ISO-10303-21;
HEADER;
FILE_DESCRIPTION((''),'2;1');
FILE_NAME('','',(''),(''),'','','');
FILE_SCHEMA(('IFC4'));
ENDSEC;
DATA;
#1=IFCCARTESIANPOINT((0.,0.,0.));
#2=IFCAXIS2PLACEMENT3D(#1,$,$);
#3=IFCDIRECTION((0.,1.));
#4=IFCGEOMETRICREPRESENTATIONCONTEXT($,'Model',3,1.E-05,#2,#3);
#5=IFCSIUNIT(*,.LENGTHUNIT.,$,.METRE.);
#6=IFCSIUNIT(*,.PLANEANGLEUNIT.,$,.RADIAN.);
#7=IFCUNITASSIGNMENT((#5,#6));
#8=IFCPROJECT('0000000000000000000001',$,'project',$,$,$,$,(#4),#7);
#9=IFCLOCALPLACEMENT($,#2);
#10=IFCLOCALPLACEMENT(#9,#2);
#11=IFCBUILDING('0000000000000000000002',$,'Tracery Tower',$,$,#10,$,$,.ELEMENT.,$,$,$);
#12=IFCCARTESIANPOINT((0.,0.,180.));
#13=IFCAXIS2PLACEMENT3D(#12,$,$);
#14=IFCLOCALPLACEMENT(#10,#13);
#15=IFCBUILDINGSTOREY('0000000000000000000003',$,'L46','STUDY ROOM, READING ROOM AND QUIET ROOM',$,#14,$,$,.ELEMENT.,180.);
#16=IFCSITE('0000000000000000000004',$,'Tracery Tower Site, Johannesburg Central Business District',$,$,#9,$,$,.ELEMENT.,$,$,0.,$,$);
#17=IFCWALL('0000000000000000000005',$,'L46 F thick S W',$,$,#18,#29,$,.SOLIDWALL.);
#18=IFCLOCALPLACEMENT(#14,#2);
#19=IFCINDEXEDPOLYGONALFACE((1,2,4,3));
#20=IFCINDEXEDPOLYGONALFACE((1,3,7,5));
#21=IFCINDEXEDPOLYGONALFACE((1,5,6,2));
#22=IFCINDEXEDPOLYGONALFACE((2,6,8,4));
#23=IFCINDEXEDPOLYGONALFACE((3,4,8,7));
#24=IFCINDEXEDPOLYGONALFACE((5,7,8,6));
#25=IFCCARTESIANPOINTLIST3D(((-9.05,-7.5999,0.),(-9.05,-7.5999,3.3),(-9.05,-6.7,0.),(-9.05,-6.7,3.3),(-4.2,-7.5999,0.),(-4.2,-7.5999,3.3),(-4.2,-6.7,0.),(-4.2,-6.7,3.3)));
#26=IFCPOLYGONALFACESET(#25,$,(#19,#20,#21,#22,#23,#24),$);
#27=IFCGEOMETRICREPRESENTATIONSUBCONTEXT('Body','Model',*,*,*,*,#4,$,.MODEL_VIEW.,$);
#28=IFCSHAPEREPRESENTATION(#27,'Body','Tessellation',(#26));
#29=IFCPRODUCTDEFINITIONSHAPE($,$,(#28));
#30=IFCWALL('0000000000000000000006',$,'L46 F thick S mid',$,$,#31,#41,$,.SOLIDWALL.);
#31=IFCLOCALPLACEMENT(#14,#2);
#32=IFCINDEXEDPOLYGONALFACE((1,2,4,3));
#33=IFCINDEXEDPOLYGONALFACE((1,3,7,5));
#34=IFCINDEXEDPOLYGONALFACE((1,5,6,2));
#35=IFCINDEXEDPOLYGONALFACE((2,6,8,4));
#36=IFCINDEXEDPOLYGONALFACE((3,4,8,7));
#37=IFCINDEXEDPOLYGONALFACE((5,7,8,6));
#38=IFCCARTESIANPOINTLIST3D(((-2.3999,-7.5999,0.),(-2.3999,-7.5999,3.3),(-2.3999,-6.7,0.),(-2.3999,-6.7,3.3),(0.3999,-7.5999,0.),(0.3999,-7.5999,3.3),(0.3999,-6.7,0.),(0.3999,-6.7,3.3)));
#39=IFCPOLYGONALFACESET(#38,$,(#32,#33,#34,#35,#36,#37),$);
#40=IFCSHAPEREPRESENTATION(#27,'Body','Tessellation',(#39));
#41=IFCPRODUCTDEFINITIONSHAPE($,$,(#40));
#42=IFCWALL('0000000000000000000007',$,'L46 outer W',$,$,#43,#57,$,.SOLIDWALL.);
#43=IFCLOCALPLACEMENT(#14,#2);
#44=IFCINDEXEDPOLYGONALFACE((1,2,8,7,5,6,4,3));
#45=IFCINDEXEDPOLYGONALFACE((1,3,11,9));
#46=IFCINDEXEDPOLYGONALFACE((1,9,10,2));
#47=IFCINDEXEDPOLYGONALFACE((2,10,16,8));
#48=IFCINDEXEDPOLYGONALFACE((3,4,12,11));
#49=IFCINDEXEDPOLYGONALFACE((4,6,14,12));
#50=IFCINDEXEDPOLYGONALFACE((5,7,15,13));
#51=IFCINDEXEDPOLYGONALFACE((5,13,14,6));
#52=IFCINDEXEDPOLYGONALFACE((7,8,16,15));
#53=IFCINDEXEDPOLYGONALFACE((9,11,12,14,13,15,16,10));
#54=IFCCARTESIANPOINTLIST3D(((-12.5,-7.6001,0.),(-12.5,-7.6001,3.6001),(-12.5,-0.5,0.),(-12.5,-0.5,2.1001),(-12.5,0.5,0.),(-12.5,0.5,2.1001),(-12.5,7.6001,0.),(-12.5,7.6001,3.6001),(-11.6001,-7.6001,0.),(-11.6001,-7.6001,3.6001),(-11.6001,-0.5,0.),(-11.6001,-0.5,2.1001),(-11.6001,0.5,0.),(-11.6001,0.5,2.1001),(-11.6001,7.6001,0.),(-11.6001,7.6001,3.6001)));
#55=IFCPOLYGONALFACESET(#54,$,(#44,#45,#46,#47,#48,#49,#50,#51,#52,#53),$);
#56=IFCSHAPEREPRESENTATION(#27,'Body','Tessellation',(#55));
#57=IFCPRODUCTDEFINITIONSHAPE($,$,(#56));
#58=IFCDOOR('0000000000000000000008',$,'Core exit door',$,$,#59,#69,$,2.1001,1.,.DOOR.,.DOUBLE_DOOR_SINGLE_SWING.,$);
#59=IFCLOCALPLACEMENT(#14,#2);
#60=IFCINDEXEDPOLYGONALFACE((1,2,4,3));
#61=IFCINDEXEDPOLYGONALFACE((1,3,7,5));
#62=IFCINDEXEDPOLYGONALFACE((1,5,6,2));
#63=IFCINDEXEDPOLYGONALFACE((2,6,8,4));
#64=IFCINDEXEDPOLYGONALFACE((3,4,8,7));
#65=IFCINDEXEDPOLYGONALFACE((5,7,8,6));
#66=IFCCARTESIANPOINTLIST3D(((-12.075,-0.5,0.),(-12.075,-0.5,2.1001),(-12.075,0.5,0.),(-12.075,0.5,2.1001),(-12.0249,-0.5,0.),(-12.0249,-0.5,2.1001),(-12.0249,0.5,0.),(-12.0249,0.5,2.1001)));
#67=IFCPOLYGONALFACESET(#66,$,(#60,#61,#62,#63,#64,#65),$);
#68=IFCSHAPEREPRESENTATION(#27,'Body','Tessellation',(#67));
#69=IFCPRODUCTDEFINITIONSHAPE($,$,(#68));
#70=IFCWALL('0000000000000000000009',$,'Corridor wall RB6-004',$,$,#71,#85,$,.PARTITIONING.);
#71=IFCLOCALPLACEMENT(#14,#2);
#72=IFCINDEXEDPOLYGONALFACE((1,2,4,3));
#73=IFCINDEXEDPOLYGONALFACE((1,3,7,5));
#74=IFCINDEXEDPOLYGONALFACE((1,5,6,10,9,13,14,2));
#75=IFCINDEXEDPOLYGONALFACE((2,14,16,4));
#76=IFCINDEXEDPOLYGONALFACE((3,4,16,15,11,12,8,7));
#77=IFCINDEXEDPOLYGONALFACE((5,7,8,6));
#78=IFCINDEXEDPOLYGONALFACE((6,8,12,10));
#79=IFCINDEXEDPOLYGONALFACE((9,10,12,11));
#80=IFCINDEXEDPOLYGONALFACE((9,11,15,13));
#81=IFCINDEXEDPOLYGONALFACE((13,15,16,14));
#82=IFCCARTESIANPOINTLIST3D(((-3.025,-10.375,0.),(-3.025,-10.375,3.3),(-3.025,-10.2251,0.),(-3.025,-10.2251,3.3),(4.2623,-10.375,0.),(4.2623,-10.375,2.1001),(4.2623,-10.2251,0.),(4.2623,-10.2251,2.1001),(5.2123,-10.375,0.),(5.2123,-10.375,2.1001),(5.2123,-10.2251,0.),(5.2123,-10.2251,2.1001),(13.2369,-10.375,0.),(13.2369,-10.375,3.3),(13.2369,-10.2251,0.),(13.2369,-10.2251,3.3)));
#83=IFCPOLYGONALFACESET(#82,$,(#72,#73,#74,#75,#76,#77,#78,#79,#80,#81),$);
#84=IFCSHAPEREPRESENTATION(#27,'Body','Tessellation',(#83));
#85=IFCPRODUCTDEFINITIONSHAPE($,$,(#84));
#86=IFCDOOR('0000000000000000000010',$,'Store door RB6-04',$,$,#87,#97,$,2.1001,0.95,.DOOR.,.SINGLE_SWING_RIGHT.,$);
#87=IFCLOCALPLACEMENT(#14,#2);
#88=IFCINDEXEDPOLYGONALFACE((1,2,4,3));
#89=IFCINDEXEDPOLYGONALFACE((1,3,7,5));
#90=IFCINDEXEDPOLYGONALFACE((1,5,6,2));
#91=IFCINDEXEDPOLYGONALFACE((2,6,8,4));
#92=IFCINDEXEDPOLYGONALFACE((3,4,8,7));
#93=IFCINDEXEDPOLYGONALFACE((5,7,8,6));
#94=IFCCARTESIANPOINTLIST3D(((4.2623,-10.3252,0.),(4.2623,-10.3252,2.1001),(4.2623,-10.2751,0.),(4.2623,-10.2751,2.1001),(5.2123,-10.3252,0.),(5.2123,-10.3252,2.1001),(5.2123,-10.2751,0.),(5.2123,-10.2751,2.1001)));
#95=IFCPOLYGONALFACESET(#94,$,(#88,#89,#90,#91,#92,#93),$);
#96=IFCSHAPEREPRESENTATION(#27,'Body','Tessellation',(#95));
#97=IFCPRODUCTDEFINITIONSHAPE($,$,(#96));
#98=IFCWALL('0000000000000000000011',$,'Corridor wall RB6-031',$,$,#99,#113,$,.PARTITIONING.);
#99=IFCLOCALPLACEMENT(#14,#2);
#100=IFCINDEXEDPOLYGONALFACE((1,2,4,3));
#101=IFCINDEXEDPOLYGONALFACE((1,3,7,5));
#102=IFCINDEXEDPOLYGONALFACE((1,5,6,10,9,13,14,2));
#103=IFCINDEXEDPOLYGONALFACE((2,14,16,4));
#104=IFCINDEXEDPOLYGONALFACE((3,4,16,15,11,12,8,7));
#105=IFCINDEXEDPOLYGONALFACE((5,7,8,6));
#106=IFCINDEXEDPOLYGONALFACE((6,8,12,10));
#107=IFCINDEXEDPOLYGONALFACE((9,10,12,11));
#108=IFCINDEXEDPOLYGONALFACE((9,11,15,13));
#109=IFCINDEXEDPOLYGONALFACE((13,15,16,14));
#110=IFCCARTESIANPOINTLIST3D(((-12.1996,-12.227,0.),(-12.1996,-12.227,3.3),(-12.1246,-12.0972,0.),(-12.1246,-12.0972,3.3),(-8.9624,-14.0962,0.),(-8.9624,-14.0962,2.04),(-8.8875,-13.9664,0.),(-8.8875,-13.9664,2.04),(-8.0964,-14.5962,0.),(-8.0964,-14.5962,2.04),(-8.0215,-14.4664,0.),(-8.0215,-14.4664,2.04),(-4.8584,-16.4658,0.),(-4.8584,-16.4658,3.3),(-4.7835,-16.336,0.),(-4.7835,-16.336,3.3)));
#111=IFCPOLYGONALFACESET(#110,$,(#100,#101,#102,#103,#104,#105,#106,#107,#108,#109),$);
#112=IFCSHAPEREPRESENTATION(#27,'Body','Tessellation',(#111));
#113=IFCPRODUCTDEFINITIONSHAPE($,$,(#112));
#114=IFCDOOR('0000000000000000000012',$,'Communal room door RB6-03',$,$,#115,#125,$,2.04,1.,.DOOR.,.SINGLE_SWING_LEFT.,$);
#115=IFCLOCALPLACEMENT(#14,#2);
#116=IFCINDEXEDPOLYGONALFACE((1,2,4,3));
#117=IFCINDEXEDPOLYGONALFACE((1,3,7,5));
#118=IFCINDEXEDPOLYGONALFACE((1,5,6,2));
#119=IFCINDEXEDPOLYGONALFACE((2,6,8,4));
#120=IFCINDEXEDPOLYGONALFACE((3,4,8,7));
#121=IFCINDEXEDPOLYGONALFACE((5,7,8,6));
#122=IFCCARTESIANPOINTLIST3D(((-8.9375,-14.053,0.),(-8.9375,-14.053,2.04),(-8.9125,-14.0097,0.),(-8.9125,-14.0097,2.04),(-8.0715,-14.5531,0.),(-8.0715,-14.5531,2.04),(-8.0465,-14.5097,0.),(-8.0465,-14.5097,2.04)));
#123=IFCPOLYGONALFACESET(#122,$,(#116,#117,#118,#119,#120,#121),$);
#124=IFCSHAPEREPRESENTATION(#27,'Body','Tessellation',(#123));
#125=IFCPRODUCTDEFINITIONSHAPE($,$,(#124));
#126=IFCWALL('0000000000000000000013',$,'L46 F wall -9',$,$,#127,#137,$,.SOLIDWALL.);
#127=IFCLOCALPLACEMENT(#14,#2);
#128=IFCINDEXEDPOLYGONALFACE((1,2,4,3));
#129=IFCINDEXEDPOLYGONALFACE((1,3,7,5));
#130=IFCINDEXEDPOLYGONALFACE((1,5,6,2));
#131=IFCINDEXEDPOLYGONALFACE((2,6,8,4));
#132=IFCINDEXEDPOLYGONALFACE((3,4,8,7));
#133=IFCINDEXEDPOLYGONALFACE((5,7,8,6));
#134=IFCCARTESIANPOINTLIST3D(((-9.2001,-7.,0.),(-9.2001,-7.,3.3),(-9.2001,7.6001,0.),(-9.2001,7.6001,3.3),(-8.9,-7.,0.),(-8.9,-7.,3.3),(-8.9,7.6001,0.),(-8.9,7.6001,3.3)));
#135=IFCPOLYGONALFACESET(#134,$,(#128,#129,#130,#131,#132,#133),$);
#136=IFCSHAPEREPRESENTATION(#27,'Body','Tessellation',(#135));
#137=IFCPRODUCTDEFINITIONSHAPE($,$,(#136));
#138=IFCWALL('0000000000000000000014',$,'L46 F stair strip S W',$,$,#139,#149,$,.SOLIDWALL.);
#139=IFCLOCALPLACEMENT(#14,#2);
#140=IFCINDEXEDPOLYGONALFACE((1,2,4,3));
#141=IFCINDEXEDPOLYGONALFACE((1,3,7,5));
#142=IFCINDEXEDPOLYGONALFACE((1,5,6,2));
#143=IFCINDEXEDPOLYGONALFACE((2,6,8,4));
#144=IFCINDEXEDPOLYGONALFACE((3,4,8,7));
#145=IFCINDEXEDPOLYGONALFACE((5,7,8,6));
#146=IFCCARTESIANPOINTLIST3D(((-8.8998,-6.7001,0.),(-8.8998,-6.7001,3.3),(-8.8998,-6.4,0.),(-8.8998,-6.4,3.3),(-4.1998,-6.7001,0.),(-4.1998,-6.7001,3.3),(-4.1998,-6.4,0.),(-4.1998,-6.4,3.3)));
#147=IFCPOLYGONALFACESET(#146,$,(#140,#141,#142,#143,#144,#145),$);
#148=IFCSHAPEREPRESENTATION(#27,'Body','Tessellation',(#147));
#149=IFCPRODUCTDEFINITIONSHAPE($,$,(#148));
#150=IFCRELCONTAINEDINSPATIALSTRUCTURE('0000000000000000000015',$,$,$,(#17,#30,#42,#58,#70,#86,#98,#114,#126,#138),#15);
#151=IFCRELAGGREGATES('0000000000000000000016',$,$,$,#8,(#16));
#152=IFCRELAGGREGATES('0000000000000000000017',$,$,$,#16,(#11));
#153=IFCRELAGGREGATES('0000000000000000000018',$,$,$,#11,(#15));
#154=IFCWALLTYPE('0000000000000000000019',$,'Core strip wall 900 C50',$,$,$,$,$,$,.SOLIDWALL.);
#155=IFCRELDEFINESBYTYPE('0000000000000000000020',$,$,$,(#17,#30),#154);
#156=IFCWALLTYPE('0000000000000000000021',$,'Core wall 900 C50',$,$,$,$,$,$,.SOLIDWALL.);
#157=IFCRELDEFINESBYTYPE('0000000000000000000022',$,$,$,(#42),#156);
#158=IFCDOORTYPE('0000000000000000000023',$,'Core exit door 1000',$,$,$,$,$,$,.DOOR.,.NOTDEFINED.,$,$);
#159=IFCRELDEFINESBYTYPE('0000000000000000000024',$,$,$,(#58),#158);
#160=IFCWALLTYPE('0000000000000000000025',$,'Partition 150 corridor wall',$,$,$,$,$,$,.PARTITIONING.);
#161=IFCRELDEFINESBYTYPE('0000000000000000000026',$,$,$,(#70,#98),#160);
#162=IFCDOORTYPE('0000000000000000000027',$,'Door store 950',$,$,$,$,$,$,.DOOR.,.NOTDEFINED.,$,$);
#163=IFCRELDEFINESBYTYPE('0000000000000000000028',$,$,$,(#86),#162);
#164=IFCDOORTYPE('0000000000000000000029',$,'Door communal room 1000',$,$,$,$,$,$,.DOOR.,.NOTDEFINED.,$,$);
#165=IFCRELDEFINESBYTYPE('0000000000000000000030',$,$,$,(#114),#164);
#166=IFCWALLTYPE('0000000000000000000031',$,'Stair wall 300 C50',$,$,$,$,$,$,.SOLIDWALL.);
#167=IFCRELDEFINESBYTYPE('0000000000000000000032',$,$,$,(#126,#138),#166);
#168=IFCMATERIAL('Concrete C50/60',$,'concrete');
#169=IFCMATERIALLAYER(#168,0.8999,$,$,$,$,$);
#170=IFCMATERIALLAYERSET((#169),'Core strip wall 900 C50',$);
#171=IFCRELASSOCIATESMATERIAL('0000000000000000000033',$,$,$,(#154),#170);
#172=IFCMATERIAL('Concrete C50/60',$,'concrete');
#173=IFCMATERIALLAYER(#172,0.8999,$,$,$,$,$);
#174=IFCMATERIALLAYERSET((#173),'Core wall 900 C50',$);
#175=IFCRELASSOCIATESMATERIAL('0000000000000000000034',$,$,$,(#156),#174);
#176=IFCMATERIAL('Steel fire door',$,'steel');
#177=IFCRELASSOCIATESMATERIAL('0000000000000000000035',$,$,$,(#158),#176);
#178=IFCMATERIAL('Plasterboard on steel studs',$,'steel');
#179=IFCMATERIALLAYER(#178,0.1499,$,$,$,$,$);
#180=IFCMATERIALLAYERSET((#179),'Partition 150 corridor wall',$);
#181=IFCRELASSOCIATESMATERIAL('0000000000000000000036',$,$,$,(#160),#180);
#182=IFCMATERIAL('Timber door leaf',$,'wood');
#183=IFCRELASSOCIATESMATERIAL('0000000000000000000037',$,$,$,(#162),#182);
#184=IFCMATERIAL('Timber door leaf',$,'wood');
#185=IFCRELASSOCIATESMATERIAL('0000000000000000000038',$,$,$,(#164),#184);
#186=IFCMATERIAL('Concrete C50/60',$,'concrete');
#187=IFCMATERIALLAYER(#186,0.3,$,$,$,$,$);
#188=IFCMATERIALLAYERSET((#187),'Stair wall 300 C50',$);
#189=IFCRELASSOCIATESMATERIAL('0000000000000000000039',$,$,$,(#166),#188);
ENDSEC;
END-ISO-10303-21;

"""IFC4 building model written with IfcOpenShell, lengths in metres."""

from ifc_helpers import new_model, si_unit, direction, frame, frame_2d, origin, place, context, subcontext, project, spatial, rectangle, extrude, material, layer, layer_set, type_object, element, fill, save


model = new_model("IFC4")

# Units and contexts
model_context = context("Model", 3, precision=1e-05, world=origin(), true_north=direction((0.0, 1.0)))
body_context = subcontext(model_context, "Body", "Model", "MODEL_VIEW")
ifc_project = project(units=[si_unit("LENGTHUNIT", "METRE"), si_unit("PLANEANGLEUNIT", "RADIAN")], contexts=[model_context])

# Site, building, storey
site_placement = place(None, origin())
site = spatial("IfcSite", under=ifc_project, at=site_placement, Name="Tracery Tower Site, Johannesburg Central Business District", CompositionType="ELEMENT", RefElevation=0.0)
building_placement = place(site_placement, origin())
building = spatial("IfcBuilding", under=site, at=building_placement, Name="Tracery Tower", CompositionType="ELEMENT")
storey_placement = place(building_placement, frame((0.0, 0.0, 180.0)))
storey = spatial("IfcBuildingStorey", under=building, at=storey_placement, Name="L46", Description="STUDY ROOM, READING ROOM AND QUIET ROOM", CompositionType="ELEMENT", Elevation=180.0)

# Walls
ifc_material_1 = material(Name="Concrete C50/60", Category="concrete")
ifc_layer_1 = layer(ifc_material_1, 0.8999)
ifc_layer_set_1 = layer_set([ifc_layer_1], Name="Core strip wall 900 C50")
wall_type_1 = type_object("IfcWallType", Name="Core strip wall 900 C50", PredefinedType="SOLIDWALL", material=ifc_layer_set_1)
wall_1_placement = place(storey_placement, frame((-9.05, -7.1499, 0.0), z_axis=(0.0, 0.0, 1.0), x_axis=(1.0, 0.0, 0.0)))
element("IfcWall", 1, at=wall_1_placement, inside=storey, type_object=wall_type_1, Name="L46 F thick S W", PredefinedType="SOLIDWALL", context=body_context, shape_type="SweptSolid", body=[
    extrude(rectangle(XDim=4.8501, YDim=0.8999, at=frame_2d((2.425, 0.0))), origin(), (0.0, 0.0, 1.0), 3.3),
])
wall_2_placement = place(storey_placement, frame((-2.3999, -7.1499, 0.0), z_axis=(0.0, 0.0, 1.0), x_axis=(1.0, 0.0, 0.0)))
element("IfcWall", 2, at=wall_2_placement, inside=storey, type_object=wall_type_1, Name="L46 F thick S mid", PredefinedType="SOLIDWALL", context=body_context, shape_type="SweptSolid", body=[
    extrude(rectangle(XDim=2.7998, YDim=0.8999, at=frame_2d((1.3999, 0.0))), origin(), (0.0, 0.0, 1.0), 3.3),
])

# Walls, openings, doors
ifc_material_2 = material(Name="Concrete C50/60", Category="concrete")
ifc_layer_2 = layer(ifc_material_2, 0.8999)
ifc_layer_set_2 = layer_set([ifc_layer_2], Name="Core wall 900 C50")
wall_type_2 = type_object("IfcWallType", Name="Core wall 900 C50", PredefinedType="SOLIDWALL", material=ifc_layer_set_2)
wall_3_placement = place(storey_placement, frame((-12.05, -7.6001, 0.0), z_axis=(0.0, 0.0, 1.0), x_axis=(0.0, 1.0, 0.0)))
wall_3 = element("IfcWall", 3, at=wall_3_placement, inside=storey, type_object=wall_type_2, Name="L46 outer W", PredefinedType="SOLIDWALL", context=body_context, shape_type="SweptSolid", body=[
    extrude(rectangle(XDim=15.2002, YDim=0.8999, at=frame_2d((7.6001, 0.0))), origin(), (0.0, 0.0, 1.0), 3.6001),
])
opening_1_placement = place(wall_3_placement, frame((7.1001, 0.0, 0.0)))
opening_1 = element("IfcOpeningElement", 4, at=opening_1_placement, cuts=wall_3, PredefinedType="OPENING", context=body_context, shape_type="SweptSolid", body=[
    extrude(rectangle(XDim=1.0, YDim=2.1001, at=frame_2d((0.5, 1.05))), frame((0.0, 0.45, 0.0), z_axis=(0.0, -1.0, 0.0), x_axis=(1.0, 0.0, 0.0)), (0.0, 0.0, 1.0), 0.8999),
])
ifc_material_3 = material(Name="Steel fire door", Category="steel")
door_type_1 = type_object("IfcDoorType", Name="Core exit door 1000", OperationType="NOTDEFINED", PredefinedType="DOOR", material=ifc_material_3)
door_1_placement = place(opening_1_placement, origin())
door_1 = element("IfcDoor", 5, at=door_1_placement, inside=storey, type_object=door_type_1, Name="Core exit door", OperationType="DOUBLE_DOOR_SINGLE_SWING", OverallHeight=2.1001, OverallWidth=1.0, PredefinedType="DOOR", context=body_context, shape_type="SweptSolid", body=[
    extrude(rectangle(XDim=1.0, YDim=2.1001, at=frame_2d((0.5, 1.05))), frame((0.0, 0.0249, 0.0), z_axis=(0.0, -1.0, 0.0), x_axis=(1.0, 0.0, 0.0)), (0.0, 0.0, 1.0), 0.05),
])
fill(opening_1, door_1)
ifc_material_4 = material(Name="Plasterboard on steel studs", Category="steel")
ifc_layer_3 = layer(ifc_material_4, 0.1499)
ifc_layer_set_3 = layer_set([ifc_layer_3], Name="Partition 150 corridor wall")
wall_type_3 = type_object("IfcWallType", Name="Partition 150 corridor wall", PredefinedType="PARTITIONING", material=ifc_layer_set_3)
wall_4_placement = place(storey_placement, frame((-3.0249, -10.3, 0.0), z_axis=(0.0, 0.0, 1.0), x_axis=(1.0, 0.0, 0.0)))
wall_4 = element("IfcWall", 6, at=wall_4_placement, inside=storey, type_object=wall_type_3, Name="Corridor wall RB6-004", PredefinedType="PARTITIONING", context=body_context, shape_type="SweptSolid", body=[
    extrude(rectangle(XDim=16.262, YDim=0.1499, at=frame_2d((8.1309, 0.0))), origin(), (0.0, 0.0, 1.0), 3.3),
])
opening_2_placement = place(wall_4_placement, frame((7.2871, 0.0, 0.0)))
opening_2 = element("IfcOpeningElement", 7, at=opening_2_placement, cuts=wall_4, PredefinedType="OPENING", context=body_context, shape_type="SweptSolid", body=[
    extrude(rectangle(XDim=0.95, YDim=2.1001, at=frame_2d((0.4751, 1.05))), frame((0.0, 0.075, 0.0), z_axis=(0.0, -1.0, 0.0), x_axis=(1.0, 0.0, 0.0)), (0.0, 0.0, 1.0), 0.1499),
])
ifc_material_5 = material(Name="Timber door leaf", Category="wood")
door_type_2 = type_object("IfcDoorType", Name="Door store 950", OperationType="NOTDEFINED", PredefinedType="DOOR", material=ifc_material_5)
door_2_placement = place(opening_2_placement, origin())
door_2 = element("IfcDoor", 8, at=door_2_placement, inside=storey, type_object=door_type_2, Name="Store door RB6-04", OperationType="SINGLE_SWING_RIGHT", OverallHeight=2.1001, OverallWidth=0.95, PredefinedType="DOOR", context=body_context, shape_type="SweptSolid", body=[
    extrude(rectangle(XDim=0.95, YDim=2.1001, at=frame_2d((0.4751, 1.05))), frame((0.0, 0.0249, 0.0), z_axis=(0.0, -1.0, 0.0), x_axis=(1.0, 0.0, 0.0)), (0.0, 0.0, 1.0), 0.05),
])
fill(opening_2, door_2)
wall_5_placement = place(storey_placement, frame((-12.1621, -12.1621, 0.0), z_axis=(0.0, 0.0, 1.0), x_axis=(0.866005, -0.500036, 0.0)))
wall_5 = element("IfcWall", 9, at=wall_5_placement, inside=storey, type_object=wall_type_3, Name="Corridor wall RB6-031", PredefinedType="PARTITIONING", context=body_context, shape_type="SweptSolid", body=[
    extrude(rectangle(XDim=8.4771, YDim=0.1499, at=frame_2d((4.2385, 0.0))), origin(), (0.0, 0.0, 1.0), 3.3),
])
opening_3_placement = place(wall_5_placement, frame((3.738, 0.0, 0.0)))
opening_3 = element("IfcOpeningElement", 10, at=opening_3_placement, cuts=wall_5, PredefinedType="OPENING", context=body_context, shape_type="SweptSolid", body=[
    extrude(rectangle(XDim=1.0, YDim=2.04, at=frame_2d((0.5, 1.02))), frame((0.0, 0.075, 0.0), z_axis=(0.0, -1.0, 0.0), x_axis=(1.0, 0.0, 0.0)), (0.0, 0.0, 1.0), 0.1499),
])
ifc_material_6 = material(Name="Timber door leaf", Category="wood")
door_type_3 = type_object("IfcDoorType", Name="Door communal room 1000", OperationType="NOTDEFINED", PredefinedType="DOOR", material=ifc_material_6)
door_3_placement = place(opening_3_placement, origin())
door_3 = element("IfcDoor", 11, at=door_3_placement, inside=storey, type_object=door_type_3, Name="Communal room door RB6-03", OperationType="SINGLE_SWING_LEFT", OverallHeight=2.04, OverallWidth=1.0, PredefinedType="DOOR", context=body_context, shape_type="SweptSolid", body=[
    extrude(rectangle(XDim=1.0, YDim=2.04, at=frame_2d((0.5, 1.02))), frame((0.0, 0.0249, 0.0), z_axis=(0.0, -1.0, 0.0), x_axis=(1.0, 0.0, 0.0)), (0.0, 0.0, 1.0), 0.05),
])
fill(opening_3, door_3)

# Shared definitions
ifc_material_7 = material(Name="Concrete C50/60", Category="concrete")
ifc_layer_4 = layer(ifc_material_7, 0.3)
ifc_layer_set_4 = layer_set([ifc_layer_4], Name="Stair wall 300 C50")
wall_type_4 = type_object("IfcWallType", Name="Stair wall 300 C50", PredefinedType="SOLIDWALL", material=ifc_layer_set_4)

# Walls
wall_6_placement = place(storey_placement, frame((-9.05, -7.0, 0.0), z_axis=(0.0, 0.0, 1.0), x_axis=(0.0, 1.0, 0.0)))
element("IfcWall", 12, at=wall_6_placement, inside=storey, type_object=wall_type_4, Name="L46 F wall -9", PredefinedType="SOLIDWALL", context=body_context, shape_type="SweptSolid", body=[
    extrude(rectangle(XDim=14.6001, YDim=0.3, at=frame_2d((7.3, 0.0))), origin(), (0.0, 0.0, 1.0), 3.3),
])
wall_7_placement = place(storey_placement, frame((-8.8999, -6.55, 0.0), z_axis=(0.0, 0.0, 1.0), x_axis=(1.0, 0.0, 0.0)))
element("IfcWall", 13, at=wall_7_placement, inside=storey, type_object=wall_type_4, Name="L46 F stair strip S W", PredefinedType="SOLIDWALL", context=body_context, shape_type="SweptSolid", body=[
    extrude(rectangle(XDim=4.7, YDim=0.3, at=frame_2d((2.3501, 0.0))), origin(), (0.0, 0.0, 1.0), 3.3),
])

save(model, "model.ifc")
